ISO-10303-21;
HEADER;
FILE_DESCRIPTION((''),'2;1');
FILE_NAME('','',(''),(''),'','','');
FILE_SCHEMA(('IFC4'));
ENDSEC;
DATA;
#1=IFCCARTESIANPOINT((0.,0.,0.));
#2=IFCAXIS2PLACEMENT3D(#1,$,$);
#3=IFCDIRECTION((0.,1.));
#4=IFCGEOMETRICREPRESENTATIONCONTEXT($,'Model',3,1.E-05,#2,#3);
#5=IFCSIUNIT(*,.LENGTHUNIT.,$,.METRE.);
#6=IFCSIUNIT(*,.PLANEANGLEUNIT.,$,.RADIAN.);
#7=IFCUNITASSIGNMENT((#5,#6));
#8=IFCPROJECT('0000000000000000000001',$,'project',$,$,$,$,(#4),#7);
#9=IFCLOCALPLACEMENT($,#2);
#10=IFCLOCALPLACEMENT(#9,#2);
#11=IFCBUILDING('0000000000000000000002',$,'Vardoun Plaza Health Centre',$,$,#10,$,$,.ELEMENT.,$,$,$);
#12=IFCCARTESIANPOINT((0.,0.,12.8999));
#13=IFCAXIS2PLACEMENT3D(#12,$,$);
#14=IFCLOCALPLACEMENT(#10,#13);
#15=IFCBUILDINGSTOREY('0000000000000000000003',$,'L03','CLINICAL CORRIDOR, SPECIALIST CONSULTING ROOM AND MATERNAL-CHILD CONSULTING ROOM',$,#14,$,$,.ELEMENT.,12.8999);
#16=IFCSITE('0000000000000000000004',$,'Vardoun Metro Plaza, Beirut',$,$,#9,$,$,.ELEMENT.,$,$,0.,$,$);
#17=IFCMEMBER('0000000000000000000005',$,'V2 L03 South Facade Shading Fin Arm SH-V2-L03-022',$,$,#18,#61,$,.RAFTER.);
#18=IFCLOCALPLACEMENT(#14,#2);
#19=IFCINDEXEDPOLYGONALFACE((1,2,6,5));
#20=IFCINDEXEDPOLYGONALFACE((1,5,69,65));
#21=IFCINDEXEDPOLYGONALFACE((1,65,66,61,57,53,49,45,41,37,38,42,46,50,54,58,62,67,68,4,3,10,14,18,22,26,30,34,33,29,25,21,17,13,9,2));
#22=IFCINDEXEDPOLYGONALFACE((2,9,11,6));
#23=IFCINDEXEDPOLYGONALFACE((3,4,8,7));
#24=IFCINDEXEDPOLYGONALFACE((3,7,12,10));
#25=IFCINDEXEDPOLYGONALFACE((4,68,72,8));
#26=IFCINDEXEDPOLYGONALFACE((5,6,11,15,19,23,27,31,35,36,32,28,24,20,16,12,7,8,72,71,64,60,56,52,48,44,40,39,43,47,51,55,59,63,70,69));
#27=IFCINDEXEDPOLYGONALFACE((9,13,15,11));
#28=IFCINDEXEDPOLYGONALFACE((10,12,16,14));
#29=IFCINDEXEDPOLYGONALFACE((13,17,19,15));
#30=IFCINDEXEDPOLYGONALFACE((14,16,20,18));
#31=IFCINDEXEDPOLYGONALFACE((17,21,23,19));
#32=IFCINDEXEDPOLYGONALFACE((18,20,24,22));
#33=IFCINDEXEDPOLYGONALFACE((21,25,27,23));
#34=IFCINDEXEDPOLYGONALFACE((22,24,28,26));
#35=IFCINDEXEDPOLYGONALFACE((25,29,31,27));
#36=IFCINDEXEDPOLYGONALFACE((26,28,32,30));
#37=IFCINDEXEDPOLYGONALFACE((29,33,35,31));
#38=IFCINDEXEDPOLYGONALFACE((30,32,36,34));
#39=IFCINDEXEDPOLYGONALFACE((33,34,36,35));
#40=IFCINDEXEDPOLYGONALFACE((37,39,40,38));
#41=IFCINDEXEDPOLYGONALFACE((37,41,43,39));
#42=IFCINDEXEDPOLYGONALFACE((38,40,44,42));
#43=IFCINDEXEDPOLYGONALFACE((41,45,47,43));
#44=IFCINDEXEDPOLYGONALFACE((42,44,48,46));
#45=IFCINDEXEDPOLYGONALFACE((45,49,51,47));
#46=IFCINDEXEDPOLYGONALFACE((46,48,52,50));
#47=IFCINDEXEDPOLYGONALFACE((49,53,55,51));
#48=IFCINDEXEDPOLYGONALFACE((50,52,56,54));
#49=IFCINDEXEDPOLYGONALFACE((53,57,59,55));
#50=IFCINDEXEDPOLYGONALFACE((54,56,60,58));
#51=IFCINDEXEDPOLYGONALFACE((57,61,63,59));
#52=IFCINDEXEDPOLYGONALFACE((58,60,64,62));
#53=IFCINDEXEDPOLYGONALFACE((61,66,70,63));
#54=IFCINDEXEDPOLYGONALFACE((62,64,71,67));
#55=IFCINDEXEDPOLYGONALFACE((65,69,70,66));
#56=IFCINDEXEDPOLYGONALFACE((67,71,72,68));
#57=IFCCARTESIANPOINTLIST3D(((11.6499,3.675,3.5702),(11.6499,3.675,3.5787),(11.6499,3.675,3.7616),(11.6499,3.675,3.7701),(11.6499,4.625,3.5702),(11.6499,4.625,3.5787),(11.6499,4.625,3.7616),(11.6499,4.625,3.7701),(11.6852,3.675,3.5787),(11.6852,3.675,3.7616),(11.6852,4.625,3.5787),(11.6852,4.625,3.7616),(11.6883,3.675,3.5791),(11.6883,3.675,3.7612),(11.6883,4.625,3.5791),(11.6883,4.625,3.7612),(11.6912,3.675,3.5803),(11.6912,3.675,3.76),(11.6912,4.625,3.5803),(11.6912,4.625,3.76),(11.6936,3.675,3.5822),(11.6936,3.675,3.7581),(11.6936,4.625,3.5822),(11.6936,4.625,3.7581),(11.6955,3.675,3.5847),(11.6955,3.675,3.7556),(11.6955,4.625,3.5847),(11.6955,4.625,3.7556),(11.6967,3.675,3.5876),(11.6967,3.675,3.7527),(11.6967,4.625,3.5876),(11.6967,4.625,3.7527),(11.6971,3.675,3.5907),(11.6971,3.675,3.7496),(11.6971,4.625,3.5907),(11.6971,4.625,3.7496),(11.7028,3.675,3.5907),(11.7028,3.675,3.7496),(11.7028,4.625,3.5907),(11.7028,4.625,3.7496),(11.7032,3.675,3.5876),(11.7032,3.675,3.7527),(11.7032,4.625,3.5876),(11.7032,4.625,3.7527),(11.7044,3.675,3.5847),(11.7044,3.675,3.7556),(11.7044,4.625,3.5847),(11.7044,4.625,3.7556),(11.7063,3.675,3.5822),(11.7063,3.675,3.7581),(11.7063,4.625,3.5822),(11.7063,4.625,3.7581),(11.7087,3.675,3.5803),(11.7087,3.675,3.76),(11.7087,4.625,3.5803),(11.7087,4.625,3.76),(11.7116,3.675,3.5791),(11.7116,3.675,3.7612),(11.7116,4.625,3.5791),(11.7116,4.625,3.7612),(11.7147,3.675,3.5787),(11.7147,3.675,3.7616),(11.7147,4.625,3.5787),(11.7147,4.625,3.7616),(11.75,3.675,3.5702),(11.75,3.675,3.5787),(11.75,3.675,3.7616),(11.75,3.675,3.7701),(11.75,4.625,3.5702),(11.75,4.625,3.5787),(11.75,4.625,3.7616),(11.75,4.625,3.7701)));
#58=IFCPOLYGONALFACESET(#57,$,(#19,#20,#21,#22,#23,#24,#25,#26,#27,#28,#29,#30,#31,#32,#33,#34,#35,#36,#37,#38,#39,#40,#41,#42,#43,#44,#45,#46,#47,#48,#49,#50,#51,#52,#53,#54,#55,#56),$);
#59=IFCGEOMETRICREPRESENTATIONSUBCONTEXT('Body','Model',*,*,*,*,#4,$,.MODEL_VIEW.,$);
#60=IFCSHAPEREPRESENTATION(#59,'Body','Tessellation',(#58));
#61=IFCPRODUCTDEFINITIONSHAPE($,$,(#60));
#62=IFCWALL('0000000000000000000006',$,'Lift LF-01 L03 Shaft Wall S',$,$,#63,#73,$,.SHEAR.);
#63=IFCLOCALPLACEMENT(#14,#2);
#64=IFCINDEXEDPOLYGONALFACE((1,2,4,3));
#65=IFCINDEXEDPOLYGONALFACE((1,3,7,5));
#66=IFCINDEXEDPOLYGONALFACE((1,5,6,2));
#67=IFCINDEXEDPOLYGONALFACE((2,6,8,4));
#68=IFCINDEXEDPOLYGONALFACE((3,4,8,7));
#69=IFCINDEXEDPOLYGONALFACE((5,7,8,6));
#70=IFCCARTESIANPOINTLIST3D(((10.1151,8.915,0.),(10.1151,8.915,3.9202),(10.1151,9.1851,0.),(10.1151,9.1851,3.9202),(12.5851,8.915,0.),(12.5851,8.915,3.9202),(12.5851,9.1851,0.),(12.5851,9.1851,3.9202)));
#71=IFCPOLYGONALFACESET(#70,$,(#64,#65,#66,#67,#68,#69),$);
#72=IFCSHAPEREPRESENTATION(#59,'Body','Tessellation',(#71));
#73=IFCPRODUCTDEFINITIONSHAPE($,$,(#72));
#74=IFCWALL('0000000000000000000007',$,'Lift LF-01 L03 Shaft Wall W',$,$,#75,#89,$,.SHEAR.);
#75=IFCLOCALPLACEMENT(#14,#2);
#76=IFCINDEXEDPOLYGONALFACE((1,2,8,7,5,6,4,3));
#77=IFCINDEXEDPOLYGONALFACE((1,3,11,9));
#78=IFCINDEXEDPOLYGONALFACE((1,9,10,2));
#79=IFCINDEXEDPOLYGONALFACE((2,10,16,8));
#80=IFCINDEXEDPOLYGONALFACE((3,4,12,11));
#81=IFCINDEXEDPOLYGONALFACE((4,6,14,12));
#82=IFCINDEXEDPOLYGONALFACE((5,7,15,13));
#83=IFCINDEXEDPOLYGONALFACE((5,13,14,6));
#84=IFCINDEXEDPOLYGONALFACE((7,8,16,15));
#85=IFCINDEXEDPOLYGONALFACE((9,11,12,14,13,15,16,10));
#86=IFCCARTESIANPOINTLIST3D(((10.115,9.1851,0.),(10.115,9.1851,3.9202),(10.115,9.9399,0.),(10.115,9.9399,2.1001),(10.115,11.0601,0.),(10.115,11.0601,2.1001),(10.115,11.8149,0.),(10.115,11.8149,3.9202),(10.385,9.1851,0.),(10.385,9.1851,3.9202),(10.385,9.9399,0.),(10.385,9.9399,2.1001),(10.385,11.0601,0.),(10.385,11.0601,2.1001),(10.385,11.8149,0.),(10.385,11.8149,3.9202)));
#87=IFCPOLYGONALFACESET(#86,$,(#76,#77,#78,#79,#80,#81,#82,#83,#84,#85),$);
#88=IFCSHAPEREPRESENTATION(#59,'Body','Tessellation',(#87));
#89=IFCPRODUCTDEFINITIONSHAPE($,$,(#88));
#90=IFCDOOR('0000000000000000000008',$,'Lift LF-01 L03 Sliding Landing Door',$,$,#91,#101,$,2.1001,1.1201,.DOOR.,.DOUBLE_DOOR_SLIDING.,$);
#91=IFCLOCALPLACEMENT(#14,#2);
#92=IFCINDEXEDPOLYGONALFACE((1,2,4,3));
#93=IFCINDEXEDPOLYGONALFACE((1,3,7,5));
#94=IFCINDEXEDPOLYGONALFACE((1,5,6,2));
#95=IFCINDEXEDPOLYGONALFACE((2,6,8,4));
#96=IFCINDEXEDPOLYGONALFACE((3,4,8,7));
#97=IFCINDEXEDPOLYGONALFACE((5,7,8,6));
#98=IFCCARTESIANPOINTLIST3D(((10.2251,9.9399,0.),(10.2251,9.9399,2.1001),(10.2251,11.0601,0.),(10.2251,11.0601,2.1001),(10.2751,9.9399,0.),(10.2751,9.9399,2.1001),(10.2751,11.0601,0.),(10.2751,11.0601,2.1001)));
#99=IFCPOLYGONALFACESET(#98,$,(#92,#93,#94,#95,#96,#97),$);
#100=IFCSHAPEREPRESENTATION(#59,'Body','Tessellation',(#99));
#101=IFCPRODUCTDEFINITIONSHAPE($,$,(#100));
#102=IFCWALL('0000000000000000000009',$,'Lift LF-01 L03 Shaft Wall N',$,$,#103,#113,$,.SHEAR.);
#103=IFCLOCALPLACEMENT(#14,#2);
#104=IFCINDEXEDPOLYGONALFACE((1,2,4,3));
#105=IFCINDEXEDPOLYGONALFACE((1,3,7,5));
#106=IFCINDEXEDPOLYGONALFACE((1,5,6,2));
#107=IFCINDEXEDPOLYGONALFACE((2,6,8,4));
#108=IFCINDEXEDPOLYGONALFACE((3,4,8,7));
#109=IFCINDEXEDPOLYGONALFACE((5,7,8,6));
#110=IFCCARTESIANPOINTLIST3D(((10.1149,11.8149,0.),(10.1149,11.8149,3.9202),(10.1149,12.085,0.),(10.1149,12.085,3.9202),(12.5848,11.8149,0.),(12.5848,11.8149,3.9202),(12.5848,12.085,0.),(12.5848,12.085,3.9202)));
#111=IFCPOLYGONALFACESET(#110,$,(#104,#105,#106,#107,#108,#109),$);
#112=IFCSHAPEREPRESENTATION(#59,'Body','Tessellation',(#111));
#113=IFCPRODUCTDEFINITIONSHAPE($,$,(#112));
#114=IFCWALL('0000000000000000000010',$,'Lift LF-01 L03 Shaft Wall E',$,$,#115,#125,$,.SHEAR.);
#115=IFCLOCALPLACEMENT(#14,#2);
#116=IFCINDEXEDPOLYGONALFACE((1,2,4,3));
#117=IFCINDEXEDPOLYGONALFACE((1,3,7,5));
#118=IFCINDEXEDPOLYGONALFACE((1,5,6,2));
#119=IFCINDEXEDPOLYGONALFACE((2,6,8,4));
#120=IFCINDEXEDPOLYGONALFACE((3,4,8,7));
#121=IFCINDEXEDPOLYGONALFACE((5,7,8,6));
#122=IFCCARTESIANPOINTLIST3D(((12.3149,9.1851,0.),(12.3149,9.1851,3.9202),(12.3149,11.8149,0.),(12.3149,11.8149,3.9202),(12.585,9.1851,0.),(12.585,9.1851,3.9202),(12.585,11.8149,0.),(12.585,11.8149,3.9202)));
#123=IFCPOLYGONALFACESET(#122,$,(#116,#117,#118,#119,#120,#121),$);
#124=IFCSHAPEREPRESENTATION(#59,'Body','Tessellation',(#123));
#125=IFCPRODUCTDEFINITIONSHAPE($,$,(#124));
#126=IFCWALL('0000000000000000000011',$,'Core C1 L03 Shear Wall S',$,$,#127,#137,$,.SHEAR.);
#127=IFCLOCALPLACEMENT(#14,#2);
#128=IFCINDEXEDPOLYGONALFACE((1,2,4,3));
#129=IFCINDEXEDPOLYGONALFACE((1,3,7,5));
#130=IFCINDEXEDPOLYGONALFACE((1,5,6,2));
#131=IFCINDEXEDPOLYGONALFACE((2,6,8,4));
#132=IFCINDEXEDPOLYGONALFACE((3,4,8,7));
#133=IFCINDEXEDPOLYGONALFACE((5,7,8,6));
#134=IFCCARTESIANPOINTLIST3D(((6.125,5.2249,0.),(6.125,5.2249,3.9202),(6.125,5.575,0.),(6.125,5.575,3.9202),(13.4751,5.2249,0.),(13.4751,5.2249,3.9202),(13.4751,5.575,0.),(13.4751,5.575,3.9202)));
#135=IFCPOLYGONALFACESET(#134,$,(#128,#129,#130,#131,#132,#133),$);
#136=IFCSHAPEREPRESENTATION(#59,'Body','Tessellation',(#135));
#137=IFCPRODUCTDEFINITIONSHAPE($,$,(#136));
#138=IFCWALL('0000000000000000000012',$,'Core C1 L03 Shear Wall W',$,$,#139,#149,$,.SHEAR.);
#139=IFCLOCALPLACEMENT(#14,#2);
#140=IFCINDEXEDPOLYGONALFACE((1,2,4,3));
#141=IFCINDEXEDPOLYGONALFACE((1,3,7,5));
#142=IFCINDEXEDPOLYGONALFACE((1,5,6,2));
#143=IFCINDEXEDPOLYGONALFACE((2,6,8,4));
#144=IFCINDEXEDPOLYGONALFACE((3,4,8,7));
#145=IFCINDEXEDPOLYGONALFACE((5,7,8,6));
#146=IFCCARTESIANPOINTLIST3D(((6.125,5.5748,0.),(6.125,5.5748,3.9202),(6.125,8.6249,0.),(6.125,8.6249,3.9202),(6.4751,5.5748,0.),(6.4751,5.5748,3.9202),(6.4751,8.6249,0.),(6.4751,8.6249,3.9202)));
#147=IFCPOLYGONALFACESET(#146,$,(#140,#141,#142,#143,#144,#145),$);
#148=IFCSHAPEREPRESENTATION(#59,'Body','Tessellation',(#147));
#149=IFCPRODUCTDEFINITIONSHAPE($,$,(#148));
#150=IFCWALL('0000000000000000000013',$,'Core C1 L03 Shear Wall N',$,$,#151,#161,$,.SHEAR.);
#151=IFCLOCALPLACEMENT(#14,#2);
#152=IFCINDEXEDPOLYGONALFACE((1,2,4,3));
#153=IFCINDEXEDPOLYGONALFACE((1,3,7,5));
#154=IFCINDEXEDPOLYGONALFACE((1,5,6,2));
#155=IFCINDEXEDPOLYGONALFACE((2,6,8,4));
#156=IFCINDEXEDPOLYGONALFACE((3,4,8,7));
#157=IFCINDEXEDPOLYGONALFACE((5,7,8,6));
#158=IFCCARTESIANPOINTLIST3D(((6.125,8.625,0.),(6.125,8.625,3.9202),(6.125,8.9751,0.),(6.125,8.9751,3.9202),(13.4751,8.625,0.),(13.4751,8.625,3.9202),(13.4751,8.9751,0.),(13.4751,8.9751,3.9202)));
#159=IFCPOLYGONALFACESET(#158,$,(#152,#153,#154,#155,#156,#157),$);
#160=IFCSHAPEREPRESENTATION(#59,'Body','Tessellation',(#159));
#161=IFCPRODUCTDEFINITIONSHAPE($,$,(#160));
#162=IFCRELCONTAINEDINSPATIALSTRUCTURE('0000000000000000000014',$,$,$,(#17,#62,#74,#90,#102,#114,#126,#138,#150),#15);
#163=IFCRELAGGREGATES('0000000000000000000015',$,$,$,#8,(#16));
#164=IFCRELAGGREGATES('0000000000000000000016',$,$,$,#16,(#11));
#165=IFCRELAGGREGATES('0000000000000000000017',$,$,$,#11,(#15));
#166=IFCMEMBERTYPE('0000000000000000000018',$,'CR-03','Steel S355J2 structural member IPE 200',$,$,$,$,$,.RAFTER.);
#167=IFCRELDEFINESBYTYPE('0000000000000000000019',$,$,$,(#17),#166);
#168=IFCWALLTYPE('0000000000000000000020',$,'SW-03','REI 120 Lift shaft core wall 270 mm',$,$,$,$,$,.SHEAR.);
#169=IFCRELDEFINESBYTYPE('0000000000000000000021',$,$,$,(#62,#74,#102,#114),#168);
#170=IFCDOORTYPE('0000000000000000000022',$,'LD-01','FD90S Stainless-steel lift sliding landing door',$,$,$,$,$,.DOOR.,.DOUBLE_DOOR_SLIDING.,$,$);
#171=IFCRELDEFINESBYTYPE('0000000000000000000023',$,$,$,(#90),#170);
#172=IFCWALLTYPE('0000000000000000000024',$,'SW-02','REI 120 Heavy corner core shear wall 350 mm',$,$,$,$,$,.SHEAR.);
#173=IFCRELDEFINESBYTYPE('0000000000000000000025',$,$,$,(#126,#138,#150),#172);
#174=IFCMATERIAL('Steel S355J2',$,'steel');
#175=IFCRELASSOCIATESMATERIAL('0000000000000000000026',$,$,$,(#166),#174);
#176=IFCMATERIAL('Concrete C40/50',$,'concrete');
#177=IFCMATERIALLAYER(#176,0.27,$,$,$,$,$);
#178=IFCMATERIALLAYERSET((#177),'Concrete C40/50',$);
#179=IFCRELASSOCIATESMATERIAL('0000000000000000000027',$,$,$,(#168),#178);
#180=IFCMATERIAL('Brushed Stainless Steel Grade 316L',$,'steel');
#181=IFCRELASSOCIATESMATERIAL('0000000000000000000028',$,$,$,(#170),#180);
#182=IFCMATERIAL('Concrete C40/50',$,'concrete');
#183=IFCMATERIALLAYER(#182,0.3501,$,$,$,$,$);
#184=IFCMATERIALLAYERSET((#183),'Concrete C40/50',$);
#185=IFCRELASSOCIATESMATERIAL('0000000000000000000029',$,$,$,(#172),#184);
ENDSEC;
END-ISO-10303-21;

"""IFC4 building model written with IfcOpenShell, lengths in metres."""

from ifc_helpers import new_model, si_unit, direction, frame, frame_2d, origin, origin_2d, place, context, subcontext, project, spatial, rectangle, i_section, extrude, material, layer, layer_set, material_profile, profile_set, type_object, element, fill, save


model = new_model("IFC4")

# Units and contexts
model_context = context("Model", 3, precision=1e-05, world=origin(), true_north=direction((0.0, 1.0)))
body_context = subcontext(model_context, "Body", "Model", "MODEL_VIEW")
ifc_project = project(units=[si_unit("LENGTHUNIT", "METRE"), si_unit("PLANEANGLEUNIT", "RADIAN")], contexts=[model_context])

# Site, building, storey
site_placement = place(None, origin())
site = spatial("IfcSite", under=ifc_project, at=site_placement, Name="Vardoun Metro Plaza, Beirut", CompositionType="ELEMENT", RefElevation=0.0)
building_placement = place(site_placement, origin())
building = spatial("IfcBuilding", under=site, at=building_placement, Name="Vardoun Plaza Health Centre", CompositionType="ELEMENT")
storey_placement = place(building_placement, frame((0.0, 0.0, 12.8999)))
storey = spatial("IfcBuildingStorey", under=building, at=storey_placement, Name="L03", Description="CLINICAL CORRIDOR, SPECIALIST CONSULTING ROOM AND MATERNAL-CHILD CONSULTING ROOM", CompositionType="ELEMENT", Elevation=12.8999)

# Member
ifc_material_1 = material(Name="Steel S355J2", Category="steel")
ifc_material_profile_1 = material_profile(ifc_material_1, i_section(OverallWidth=0.1001, OverallDepth=0.2, WebThickness=0.0056, FlangeThickness=0.0085, FilletRadius=0.012, at=origin_2d()), Name="IPE 200")
ifc_profile_set_1 = profile_set([ifc_material_profile_1], Name="Steel S355J2")
member_type = type_object("IfcMemberType", Name="CR-03", Description="Steel S355J2 structural member IPE 200", PredefinedType="RAFTER", material=ifc_profile_set_1)
member_placement = place(storey_placement, frame((11.7, 4.625, 3.6702), z_axis=(0.0, -1.0, 0.0), x_axis=(1.0, 0.0, 0.0)))
element("IfcMember", 1, at=member_placement, inside=storey, type_object=member_type, Name="V2 L03 South Facade Shading Fin Arm SH-V2-L03-022", PredefinedType="RAFTER", context=body_context, shape_type="SweptSolid", body=[
    extrude(i_section(OverallWidth=0.1001, OverallDepth=0.2, WebThickness=0.0056, FlangeThickness=0.0085, FilletRadius=0.012, at=origin_2d()), origin(), (0.0, 0.0, 1.0), 0.95),
])

# Wall
ifc_material_2 = material(Name="Concrete C40/50", Category="concrete")
ifc_layer_1 = layer(ifc_material_2, 0.27)
ifc_layer_set_1 = layer_set([ifc_layer_1], Name="Concrete C40/50")
wall_type_1 = type_object("IfcWallType", Name="SW-03", Description="REI 120 Lift shaft core wall 270 mm", PredefinedType="SHEAR", material=ifc_layer_set_1)
wall_1_placement = place(storey_placement, frame((12.585, 9.05, 0.0), z_axis=(0.0, 0.0, 1.0), x_axis=(-1.0, 0.0, 0.0)))
element("IfcWall", 2, at=wall_1_placement, inside=storey, type_object=wall_type_1, Name="Lift LF-01 L03 Shaft Wall S", PredefinedType="SHEAR", context=body_context, shape_type="SweptSolid", body=[
    extrude(rectangle(XDim=2.47, YDim=0.27, at=frame_2d((1.2349, 0.0))), origin(), (0.0, 0.0, 1.0), 3.9202),
])

# Wall, opening, door
wall_2_placement = place(storey_placement, frame((10.25, 9.1851, 0.0), z_axis=(0.0, 0.0, 1.0), x_axis=(0.0, 1.0, 0.0)))
wall_2 = element("IfcWall", 3, at=wall_2_placement, inside=storey, type_object=wall_type_1, Name="Lift LF-01 L03 Shaft Wall W", PredefinedType="SHEAR", context=body_context, shape_type="SweptSolid", body=[
    extrude(rectangle(XDim=2.6299, YDim=0.27, at=frame_2d((1.3149, 0.0))), origin(), (0.0, 0.0, 1.0), 3.9202),
])
opening_1_placement = place(wall_2_placement, frame((0.7549, 0.0, 0.0)))
opening_1 = element("IfcOpeningElement", 4, at=opening_1_placement, cuts=wall_2, PredefinedType="OPENING", context=body_context, shape_type="SweptSolid", body=[
    extrude(rectangle(XDim=1.1201, YDim=2.1001, at=frame_2d((0.5601, 1.05))), frame((0.0, 0.135, 0.0), z_axis=(0.0, -1.0, 0.0), x_axis=(1.0, 0.0, 0.0)), (0.0, 0.0, 1.0), 0.27),
])
ifc_material_3 = material(Name="Brushed Stainless Steel Grade 316L", Category="steel")
door_type_1 = type_object("IfcDoorType", Name="LD-01", Description="FD90S Stainless-steel lift sliding landing door", OperationType="DOUBLE_DOOR_SLIDING", PredefinedType="DOOR", material=ifc_material_3)
door_1_placement = place(opening_1_placement, origin())
door_1 = element("IfcDoor", 5, at=door_1_placement, inside=storey, type_object=door_type_1, Name="Lift LF-01 L03 Sliding Landing Door", OperationType="DOUBLE_DOOR_SLIDING", OverallHeight=2.1001, OverallWidth=1.1201, PredefinedType="DOOR", context=body_context, shape_type="SweptSolid", body=[
    extrude(rectangle(XDim=1.1201, YDim=2.1001, at=frame_2d((0.5601, 1.05))), frame((0.0, 0.0249, 0.0), z_axis=(0.0, -1.0, 0.0), x_axis=(1.0, 0.0, 0.0)), (0.0, 0.0, 1.0), 0.05),
])
fill(opening_1, door_1)

# Walls
wall_3_placement = place(storey_placement, frame((10.115, 11.95, 0.0), z_axis=(0.0, 0.0, 1.0), x_axis=(1.0, 0.0, 0.0)))
element("IfcWall", 6, at=wall_3_placement, inside=storey, type_object=wall_type_1, Name="Lift LF-01 L03 Shaft Wall N", PredefinedType="SHEAR", context=body_context, shape_type="SweptSolid", body=[
    extrude(rectangle(XDim=2.47, YDim=0.27, at=frame_2d((1.2349, 0.0))), origin(), (0.0, 0.0, 1.0), 3.9202),
])
wall_4_placement = place(storey_placement, frame((12.45, 11.8149, 0.0), z_axis=(0.0, 0.0, 1.0), x_axis=(0.0, -1.0, 0.0)))
element("IfcWall", 7, at=wall_4_placement, inside=storey, type_object=wall_type_1, Name="Lift LF-01 L03 Shaft Wall E", PredefinedType="SHEAR", context=body_context, shape_type="SweptSolid", body=[
    extrude(rectangle(XDim=2.6299, YDim=0.27, at=frame_2d((1.3149, 0.0))), origin(), (0.0, 0.0, 1.0), 3.9202),
])
ifc_material_4 = material(Name="Concrete C40/50", Category="concrete")
ifc_layer_2 = layer(ifc_material_4, 0.3501)
ifc_layer_set_2 = layer_set([ifc_layer_2], Name="Concrete C40/50")
wall_type_2 = type_object("IfcWallType", Name="SW-02", Description="REI 120 Heavy corner core shear wall 350 mm", PredefinedType="SHEAR", material=ifc_layer_set_2)
wall_5_placement = place(storey_placement, frame((13.4751, 5.3999, 0.0), z_axis=(0.0, 0.0, 1.0), x_axis=(-1.0, 0.0, 0.0)))
element("IfcWall", 8, at=wall_5_placement, inside=storey, type_object=wall_type_2, Name="Core C1 L03 Shear Wall S", PredefinedType="SHEAR", context=body_context, shape_type="SweptSolid", body=[
    extrude(rectangle(XDim=7.3501, YDim=0.3501, at=frame_2d((3.675, 0.0))), origin(), (0.0, 0.0, 1.0), 3.9202),
])
wall_6_placement = place(storey_placement, frame((6.3, 5.575, 0.0), z_axis=(0.0, 0.0, 1.0), x_axis=(0.0, 1.0, 0.0)))
element("IfcWall", 9, at=wall_6_placement, inside=storey, type_object=wall_type_2, Name="Core C1 L03 Shear Wall W", PredefinedType="SHEAR", context=body_context, shape_type="SweptSolid", body=[
    extrude(rectangle(XDim=3.05, YDim=0.3501, at=frame_2d((1.5249, 0.0))), origin(), (0.0, 0.0, 1.0), 3.9202),
])
wall_7_placement = place(storey_placement, frame((6.125, 8.8, 0.0), z_axis=(0.0, 0.0, 1.0), x_axis=(1.0, 0.0, 0.0)))
element("IfcWall", 10, at=wall_7_placement, inside=storey, type_object=wall_type_2, Name="Core C1 L03 Shear Wall N", PredefinedType="SHEAR", context=body_context, shape_type="SweptSolid", body=[
    extrude(rectangle(XDim=7.3501, YDim=0.3501, at=frame_2d((3.675, 0.0))), origin(), (0.0, 0.0, 1.0), 3.9202),
])

save(model, "model.ifc")
